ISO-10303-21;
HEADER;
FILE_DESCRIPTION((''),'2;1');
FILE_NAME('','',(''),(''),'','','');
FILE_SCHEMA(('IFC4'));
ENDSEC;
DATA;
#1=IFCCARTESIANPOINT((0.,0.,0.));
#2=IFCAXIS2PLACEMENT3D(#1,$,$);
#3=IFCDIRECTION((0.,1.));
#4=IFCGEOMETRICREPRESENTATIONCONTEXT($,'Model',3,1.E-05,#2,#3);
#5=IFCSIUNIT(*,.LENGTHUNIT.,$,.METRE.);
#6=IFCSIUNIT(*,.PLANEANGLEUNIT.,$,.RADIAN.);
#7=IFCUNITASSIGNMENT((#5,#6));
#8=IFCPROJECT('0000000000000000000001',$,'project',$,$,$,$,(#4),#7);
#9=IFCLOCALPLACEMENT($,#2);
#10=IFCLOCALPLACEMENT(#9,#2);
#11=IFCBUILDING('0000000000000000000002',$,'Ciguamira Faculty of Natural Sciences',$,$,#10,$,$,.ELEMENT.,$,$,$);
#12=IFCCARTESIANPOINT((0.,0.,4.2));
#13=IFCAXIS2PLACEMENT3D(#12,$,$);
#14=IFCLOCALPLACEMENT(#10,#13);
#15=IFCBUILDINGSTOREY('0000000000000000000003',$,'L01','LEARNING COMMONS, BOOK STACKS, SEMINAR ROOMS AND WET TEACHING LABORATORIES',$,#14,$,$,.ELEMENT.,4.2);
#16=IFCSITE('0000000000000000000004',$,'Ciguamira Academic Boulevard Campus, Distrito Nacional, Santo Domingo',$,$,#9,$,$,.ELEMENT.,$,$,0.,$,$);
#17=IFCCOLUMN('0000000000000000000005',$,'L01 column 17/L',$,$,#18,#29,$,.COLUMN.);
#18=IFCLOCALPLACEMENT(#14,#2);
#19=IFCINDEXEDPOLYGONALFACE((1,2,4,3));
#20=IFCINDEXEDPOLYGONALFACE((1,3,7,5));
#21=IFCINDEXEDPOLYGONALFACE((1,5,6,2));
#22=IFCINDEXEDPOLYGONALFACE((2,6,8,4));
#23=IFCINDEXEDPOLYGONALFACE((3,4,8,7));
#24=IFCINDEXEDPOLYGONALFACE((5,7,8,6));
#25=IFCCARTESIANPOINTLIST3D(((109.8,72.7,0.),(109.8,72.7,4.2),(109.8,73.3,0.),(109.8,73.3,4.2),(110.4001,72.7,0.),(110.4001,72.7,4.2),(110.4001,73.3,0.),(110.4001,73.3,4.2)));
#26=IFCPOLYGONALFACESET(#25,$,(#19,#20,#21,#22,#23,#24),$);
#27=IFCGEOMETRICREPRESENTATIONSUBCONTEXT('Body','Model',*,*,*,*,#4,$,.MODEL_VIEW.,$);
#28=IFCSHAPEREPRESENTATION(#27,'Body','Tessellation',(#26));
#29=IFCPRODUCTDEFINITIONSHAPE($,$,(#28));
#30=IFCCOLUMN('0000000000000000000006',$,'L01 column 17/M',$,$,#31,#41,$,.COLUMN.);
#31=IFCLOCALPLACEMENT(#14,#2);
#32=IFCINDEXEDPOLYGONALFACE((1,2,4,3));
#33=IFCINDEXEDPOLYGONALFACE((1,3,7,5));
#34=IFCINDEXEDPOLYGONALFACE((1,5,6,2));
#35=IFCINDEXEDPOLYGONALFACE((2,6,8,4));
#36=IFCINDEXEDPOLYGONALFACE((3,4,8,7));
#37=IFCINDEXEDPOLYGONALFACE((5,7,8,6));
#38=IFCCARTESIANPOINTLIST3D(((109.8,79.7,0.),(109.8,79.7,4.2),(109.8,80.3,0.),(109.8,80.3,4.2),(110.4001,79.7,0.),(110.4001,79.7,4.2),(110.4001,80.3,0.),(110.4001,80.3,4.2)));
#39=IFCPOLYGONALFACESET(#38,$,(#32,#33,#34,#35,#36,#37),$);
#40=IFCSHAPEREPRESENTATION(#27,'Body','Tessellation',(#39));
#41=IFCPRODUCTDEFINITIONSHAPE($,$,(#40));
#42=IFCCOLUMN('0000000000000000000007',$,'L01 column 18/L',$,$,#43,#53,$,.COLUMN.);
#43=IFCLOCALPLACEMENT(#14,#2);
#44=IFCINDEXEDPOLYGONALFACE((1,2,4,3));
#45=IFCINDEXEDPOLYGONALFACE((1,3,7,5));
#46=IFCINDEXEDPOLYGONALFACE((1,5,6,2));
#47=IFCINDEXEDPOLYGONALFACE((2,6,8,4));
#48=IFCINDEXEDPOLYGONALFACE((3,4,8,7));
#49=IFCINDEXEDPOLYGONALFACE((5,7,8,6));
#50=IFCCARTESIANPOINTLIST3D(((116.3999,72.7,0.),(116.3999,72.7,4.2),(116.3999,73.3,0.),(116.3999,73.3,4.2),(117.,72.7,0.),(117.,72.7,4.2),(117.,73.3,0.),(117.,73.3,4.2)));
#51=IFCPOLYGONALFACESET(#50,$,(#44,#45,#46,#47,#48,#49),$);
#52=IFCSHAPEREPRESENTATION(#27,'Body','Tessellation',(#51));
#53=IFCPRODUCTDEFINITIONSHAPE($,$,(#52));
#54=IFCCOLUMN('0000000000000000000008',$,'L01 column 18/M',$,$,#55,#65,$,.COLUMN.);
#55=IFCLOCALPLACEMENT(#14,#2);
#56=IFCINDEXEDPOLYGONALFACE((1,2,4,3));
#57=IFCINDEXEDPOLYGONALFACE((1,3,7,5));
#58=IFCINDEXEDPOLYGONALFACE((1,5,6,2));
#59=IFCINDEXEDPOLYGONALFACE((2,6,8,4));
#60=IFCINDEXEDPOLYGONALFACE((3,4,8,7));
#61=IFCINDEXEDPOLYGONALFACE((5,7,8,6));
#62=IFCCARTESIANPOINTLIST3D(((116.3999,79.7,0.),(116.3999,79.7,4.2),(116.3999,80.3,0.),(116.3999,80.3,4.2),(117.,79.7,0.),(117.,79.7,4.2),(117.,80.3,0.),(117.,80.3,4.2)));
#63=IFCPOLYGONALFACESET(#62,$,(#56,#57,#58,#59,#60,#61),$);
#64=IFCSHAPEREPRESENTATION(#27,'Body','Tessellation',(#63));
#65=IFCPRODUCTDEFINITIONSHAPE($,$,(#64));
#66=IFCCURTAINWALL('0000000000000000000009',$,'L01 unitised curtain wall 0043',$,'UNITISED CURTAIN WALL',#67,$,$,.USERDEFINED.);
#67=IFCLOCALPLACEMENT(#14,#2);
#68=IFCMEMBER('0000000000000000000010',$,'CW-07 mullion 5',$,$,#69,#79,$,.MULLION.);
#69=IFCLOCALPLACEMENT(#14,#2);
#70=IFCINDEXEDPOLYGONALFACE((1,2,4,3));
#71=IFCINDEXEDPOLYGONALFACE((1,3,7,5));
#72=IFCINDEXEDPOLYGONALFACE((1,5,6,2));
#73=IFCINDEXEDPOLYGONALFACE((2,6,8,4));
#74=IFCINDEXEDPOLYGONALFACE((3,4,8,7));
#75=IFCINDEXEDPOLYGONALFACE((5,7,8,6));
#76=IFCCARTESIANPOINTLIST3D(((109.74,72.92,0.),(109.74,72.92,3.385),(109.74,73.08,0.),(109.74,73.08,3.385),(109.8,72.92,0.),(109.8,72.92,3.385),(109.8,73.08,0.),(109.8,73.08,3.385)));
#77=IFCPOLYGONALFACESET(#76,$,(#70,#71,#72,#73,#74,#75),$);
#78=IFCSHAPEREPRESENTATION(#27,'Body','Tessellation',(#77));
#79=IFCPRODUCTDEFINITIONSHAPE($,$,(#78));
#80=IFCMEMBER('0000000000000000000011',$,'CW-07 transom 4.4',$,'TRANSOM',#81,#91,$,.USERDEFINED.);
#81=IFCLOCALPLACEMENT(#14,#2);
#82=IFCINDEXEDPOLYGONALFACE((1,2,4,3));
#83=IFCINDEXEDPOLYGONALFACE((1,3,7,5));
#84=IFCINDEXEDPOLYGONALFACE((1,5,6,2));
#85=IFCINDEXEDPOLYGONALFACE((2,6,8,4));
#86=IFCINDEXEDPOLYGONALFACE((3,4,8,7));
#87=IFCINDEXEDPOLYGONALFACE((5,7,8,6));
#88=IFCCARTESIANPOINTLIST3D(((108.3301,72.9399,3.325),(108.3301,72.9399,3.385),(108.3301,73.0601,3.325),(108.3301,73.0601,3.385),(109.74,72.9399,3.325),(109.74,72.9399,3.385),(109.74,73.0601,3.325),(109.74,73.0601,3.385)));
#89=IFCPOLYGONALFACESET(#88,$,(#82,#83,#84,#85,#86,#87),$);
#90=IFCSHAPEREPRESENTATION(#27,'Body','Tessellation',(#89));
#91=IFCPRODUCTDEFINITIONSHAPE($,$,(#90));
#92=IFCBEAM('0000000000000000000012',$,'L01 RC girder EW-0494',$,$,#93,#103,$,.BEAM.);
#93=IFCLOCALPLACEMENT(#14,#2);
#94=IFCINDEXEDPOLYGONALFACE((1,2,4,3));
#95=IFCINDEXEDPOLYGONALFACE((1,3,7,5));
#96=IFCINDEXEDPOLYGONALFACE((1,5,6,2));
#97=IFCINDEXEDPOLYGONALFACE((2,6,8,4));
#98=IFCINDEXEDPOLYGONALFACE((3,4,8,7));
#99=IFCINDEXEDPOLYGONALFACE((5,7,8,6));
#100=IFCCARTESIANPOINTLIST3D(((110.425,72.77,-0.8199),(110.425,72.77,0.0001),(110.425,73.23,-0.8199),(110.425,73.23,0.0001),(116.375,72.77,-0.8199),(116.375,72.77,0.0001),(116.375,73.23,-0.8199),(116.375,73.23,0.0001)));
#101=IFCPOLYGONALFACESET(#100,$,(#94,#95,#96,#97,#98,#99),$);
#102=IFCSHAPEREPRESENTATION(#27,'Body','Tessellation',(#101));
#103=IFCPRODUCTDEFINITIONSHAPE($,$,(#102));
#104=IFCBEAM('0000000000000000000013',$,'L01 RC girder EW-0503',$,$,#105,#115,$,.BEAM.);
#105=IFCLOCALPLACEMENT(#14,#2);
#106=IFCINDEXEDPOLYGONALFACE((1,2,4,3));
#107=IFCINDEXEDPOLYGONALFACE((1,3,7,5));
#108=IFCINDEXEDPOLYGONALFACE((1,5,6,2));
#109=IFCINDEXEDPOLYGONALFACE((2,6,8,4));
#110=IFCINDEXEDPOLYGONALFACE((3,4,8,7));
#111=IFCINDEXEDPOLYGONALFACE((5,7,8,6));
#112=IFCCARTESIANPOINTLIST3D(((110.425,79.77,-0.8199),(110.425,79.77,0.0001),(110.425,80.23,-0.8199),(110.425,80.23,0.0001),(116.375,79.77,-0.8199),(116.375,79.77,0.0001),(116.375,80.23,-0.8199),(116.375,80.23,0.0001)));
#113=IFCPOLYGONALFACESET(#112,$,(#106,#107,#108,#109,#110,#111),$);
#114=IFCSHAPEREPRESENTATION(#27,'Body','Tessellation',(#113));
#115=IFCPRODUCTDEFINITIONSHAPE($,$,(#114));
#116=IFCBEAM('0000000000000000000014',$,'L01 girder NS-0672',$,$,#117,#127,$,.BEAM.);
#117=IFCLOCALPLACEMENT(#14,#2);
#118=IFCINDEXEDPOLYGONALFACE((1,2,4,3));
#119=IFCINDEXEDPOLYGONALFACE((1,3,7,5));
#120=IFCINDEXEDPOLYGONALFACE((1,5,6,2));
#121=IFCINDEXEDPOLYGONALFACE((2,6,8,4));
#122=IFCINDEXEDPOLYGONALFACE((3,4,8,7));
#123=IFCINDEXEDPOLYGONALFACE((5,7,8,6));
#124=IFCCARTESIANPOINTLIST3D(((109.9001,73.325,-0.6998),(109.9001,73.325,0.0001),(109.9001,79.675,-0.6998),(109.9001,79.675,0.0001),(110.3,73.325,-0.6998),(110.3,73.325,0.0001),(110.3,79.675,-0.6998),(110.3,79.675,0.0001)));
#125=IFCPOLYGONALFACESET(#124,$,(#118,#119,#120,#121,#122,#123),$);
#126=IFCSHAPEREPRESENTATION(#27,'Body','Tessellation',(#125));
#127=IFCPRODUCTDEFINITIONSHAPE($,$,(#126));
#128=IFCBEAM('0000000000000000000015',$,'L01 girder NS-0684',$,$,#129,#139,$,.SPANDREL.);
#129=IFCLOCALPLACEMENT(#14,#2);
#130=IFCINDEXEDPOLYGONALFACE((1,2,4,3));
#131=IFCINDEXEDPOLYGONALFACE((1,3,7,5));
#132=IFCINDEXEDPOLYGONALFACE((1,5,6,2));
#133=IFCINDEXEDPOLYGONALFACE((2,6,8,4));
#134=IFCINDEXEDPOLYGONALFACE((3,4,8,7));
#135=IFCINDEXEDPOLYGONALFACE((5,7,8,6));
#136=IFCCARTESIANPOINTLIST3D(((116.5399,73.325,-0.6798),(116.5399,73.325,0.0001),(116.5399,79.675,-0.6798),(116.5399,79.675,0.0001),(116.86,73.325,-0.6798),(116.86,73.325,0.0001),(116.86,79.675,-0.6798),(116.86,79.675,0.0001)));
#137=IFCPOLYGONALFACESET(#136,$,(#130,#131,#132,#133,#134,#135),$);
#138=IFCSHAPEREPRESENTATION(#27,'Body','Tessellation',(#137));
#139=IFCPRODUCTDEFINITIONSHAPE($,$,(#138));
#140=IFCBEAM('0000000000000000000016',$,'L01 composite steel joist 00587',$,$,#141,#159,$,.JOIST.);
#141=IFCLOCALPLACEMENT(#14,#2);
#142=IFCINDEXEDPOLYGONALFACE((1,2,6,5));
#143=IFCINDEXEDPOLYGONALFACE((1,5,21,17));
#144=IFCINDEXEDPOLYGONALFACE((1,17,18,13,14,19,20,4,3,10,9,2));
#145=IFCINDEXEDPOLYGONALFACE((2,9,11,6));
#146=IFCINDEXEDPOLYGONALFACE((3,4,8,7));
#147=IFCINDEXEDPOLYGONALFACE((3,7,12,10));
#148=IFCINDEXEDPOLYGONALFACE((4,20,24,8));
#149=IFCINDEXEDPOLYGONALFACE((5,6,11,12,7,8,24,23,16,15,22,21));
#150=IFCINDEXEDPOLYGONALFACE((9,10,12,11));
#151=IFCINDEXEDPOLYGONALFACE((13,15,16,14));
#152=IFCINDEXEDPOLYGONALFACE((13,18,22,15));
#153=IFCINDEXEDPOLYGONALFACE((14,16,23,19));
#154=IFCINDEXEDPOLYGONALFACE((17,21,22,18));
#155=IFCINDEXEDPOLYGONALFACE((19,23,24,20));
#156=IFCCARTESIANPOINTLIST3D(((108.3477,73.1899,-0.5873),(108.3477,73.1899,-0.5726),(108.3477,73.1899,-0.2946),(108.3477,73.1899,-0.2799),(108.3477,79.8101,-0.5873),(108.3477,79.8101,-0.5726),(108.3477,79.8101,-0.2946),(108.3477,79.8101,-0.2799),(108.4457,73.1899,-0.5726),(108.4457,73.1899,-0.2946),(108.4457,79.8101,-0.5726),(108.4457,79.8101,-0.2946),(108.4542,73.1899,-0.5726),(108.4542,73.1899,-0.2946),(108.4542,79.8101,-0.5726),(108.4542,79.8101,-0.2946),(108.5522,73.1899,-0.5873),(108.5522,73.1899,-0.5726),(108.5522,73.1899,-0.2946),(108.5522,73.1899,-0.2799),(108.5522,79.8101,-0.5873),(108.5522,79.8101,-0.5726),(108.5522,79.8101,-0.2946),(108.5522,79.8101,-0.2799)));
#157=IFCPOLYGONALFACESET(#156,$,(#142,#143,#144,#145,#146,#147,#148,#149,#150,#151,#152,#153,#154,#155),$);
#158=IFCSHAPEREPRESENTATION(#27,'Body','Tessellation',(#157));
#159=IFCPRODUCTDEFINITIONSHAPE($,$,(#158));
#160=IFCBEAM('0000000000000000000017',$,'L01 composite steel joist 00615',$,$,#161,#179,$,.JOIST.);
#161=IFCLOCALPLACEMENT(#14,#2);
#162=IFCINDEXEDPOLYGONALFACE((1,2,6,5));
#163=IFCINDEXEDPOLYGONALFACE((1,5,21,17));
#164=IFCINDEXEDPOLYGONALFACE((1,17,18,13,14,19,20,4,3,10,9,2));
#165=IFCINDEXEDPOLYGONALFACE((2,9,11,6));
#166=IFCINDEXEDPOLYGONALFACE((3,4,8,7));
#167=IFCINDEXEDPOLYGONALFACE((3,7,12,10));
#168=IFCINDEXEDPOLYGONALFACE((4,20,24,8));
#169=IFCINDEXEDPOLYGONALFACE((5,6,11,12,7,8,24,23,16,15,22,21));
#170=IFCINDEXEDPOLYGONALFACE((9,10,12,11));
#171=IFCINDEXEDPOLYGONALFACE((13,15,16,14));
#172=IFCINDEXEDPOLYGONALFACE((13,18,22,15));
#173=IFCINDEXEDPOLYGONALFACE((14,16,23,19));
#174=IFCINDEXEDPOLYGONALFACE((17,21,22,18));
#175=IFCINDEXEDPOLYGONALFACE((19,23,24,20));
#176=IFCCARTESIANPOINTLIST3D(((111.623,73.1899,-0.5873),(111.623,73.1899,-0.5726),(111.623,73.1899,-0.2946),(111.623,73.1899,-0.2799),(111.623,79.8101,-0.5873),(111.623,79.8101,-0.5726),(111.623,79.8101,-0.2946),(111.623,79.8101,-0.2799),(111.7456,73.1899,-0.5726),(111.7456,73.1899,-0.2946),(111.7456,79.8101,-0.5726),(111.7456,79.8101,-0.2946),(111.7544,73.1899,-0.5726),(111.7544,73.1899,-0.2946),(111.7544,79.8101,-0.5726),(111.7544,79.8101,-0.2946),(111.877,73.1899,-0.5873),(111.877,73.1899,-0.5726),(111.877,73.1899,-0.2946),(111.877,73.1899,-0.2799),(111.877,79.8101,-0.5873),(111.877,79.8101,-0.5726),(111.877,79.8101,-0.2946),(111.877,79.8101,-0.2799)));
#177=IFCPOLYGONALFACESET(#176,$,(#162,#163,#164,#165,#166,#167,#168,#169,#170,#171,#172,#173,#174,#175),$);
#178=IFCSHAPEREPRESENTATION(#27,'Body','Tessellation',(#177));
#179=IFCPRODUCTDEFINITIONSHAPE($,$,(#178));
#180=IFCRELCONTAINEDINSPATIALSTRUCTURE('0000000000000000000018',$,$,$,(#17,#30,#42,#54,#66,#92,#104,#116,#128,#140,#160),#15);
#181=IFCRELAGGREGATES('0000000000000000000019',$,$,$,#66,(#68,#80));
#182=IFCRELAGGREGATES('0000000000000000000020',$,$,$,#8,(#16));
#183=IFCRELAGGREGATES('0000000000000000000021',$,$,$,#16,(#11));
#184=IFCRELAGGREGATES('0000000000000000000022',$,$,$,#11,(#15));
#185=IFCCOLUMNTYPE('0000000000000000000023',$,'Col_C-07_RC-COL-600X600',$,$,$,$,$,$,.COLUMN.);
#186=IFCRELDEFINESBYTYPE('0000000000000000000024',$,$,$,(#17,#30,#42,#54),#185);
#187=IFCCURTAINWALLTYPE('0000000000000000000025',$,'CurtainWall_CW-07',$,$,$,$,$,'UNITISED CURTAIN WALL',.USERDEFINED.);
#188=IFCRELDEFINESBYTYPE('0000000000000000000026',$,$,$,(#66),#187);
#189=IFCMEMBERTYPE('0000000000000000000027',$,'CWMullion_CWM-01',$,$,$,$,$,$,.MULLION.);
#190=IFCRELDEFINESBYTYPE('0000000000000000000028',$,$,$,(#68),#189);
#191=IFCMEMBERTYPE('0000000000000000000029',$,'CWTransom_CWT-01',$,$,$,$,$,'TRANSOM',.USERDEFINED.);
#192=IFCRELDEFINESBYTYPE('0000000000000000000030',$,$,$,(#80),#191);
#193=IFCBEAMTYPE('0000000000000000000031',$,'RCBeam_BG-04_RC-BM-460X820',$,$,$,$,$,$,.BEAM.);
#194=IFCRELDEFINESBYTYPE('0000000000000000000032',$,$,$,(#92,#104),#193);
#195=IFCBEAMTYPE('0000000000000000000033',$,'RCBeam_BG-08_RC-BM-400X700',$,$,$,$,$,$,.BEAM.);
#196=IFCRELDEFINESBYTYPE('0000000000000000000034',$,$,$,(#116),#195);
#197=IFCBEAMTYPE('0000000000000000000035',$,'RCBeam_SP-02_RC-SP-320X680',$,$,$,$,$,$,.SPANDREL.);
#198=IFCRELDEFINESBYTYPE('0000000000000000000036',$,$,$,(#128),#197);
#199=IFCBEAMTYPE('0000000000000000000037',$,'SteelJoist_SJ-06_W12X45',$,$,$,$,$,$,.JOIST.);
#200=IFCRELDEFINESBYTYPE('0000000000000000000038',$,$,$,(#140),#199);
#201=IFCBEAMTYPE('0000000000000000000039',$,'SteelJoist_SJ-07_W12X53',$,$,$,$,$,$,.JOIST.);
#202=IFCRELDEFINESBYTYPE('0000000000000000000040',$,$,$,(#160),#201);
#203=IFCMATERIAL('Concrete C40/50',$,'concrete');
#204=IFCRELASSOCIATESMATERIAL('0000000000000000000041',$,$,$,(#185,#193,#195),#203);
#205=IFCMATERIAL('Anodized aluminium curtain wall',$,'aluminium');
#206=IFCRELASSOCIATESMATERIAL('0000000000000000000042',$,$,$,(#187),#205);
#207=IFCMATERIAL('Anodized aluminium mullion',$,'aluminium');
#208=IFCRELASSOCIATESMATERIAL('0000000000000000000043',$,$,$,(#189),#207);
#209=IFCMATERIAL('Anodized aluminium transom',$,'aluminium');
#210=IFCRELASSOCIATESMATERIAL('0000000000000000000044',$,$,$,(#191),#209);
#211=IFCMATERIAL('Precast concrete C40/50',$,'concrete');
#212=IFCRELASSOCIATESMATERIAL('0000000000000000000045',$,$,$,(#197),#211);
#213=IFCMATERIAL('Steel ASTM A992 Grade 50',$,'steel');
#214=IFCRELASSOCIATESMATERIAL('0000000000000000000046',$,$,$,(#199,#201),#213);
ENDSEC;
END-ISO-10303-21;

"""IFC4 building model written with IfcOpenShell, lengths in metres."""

from ifc_helpers import new_model, si_unit, direction, frame, origin, origin_2d, place, context, subcontext, project, spatial, rectangle, i_section, extrude, material, material_profile, profile_set, type_object, element, aggregate, save


model = new_model("IFC4")

# Units and contexts
model_context = context("Model", 3, precision=1e-05, world=origin(), true_north=direction((0.0, 1.0)))
body_context = subcontext(model_context, "Body", "Model", "MODEL_VIEW")
ifc_project = project(units=[si_unit("LENGTHUNIT", "METRE"), si_unit("PLANEANGLEUNIT", "RADIAN")], contexts=[model_context])

# Site, building, storey
site_placement = place(None, origin())
site = spatial("IfcSite", under=ifc_project, at=site_placement, Name="Ciguamira Academic Boulevard Campus, Distrito Nacional, Santo Domingo", CompositionType="ELEMENT", RefElevation=0.0)
building_placement = place(site_placement, origin())
building = spatial("IfcBuilding", under=site, at=building_placement, Name="Ciguamira Faculty of Natural Sciences", CompositionType="ELEMENT")
storey_placement = place(building_placement, frame((0.0, 0.0, 4.2)))
storey = spatial("IfcBuildingStorey", under=building, at=storey_placement, Name="L01", Description="LEARNING COMMONS, BOOK STACKS, SEMINAR ROOMS AND WET TEACHING LABORATORIES", CompositionType="ELEMENT", Elevation=4.2)

# Columns
ifc_material_1 = material(Name="Concrete C40/50", Category="concrete")
ifc_material_profile_1 = material_profile(ifc_material_1, rectangle(XDim=0.6001, YDim=0.6001, at=origin_2d()), Name="RC-COL-600X600")
ifc_profile_set_1 = profile_set([ifc_material_profile_1], Name="Concrete C40/50")
column_type = type_object("IfcColumnType", Name="Col_C-07_RC-COL-600X600", PredefinedType="COLUMN", material=ifc_profile_set_1)
for number, where, z_axis, x_axis, name in (
    (1, (110.1001, 73.0, 0.0), (0.0, 0.0, 1.0), (1.0, 0.0, 0.0), "L01 column 17/L"),
    (2, (110.1001, 80.0, 0.0), (0.0, 0.0, 1.0), (1.0, 0.0, 0.0), "L01 column 17/M"),
    (3, (116.7, 73.0, 0.0), (0.0, 0.0, 1.0), (1.0, 0.0, 0.0), "L01 column 18/L"),
    (4, (116.7, 80.0, 0.0), (0.0, 0.0, 1.0), (1.0, 0.0, 0.0), "L01 column 18/M"),
):
    element("IfcColumn", number, at=place(storey_placement, frame(where, z_axis=z_axis, x_axis=x_axis)), inside=storey, type_object=column_type, Name=name, PredefinedType="COLUMN", context=body_context, shape_type="SweptSolid", body=[
        extrude(rectangle(XDim=0.6001, YDim=0.6001, at=origin_2d()), origin(), (0.0, 0.0, 1.0), 4.2),
    ])

# Curtain wall, members
ifc_material_2 = material(Name="Anodized aluminium curtain wall", Category="aluminium")
curtain_wall_type = type_object("IfcCurtainWallType", Name="CurtainWall_CW-07", ElementType="UNITISED CURTAIN WALL", PredefinedType="USERDEFINED", material=ifc_material_2)
curtain_wall_placement = place(storey_placement, origin())
curtain_wall = element("IfcCurtainWall", 5, at=curtain_wall_placement, inside=storey, type_object=curtain_wall_type, Name="L01 unitised curtain wall 0043", ObjectType="UNITISED CURTAIN WALL", PredefinedType="USERDEFINED")
ifc_material_3 = material(Name="Anodized aluminium mullion", Category="aluminium")
ifc_material_profile_2 = material_profile(ifc_material_3, rectangle(XDim=0.0601, YDim=0.1599, at=origin_2d()), Name="ALU-MUL-60X160")
ifc_profile_set_2 = profile_set([ifc_material_profile_2], Name="Anodized aluminium mullion")
member_type_1 = type_object("IfcMemberType", Name="CWMullion_CWM-01", PredefinedType="MULLION", material=ifc_profile_set_2)
member_1_placement = place(storey_placement, frame((109.77, 73.0, 0.0), z_axis=(0.0, 0.0, 1.0), x_axis=(1.0, 0.0, 0.0)))
member_1 = element("IfcMember", 6, at=member_1_placement, type_object=member_type_1, Name="CW-07 mullion 5", PredefinedType="MULLION", context=body_context, shape_type="SweptSolid", body=[
    extrude(rectangle(XDim=0.0601, YDim=0.1599, at=origin_2d()), origin(), (0.0, 0.0, 1.0), 3.385),
])
ifc_material_4 = material(Name="Anodized aluminium transom", Category="aluminium")
ifc_material_profile_3 = material_profile(ifc_material_4, rectangle(XDim=0.0601, YDim=0.1201, at=origin_2d()), Name="ALU-TRN-60X120")
ifc_profile_set_3 = profile_set([ifc_material_profile_3], Name="Anodized aluminium transom")
member_type_2 = type_object("IfcMemberType", Name="CWTransom_CWT-01", ElementType="TRANSOM", PredefinedType="USERDEFINED", material=ifc_profile_set_3)
member_2_placement = place(storey_placement, frame((108.3301, 73.0, 3.355), z_axis=(1.0, 0.0, 0.0), x_axis=(0.0, 0.0, 1.0)))
member_2 = element("IfcMember", 7, at=member_2_placement, type_object=member_type_2, Name="CW-07 transom 4.4", ObjectType="TRANSOM", PredefinedType="USERDEFINED", context=body_context, shape_type="SweptSolid", body=[
    extrude(rectangle(XDim=0.0601, YDim=0.1201, at=origin_2d()), origin(), (0.0, 0.0, 1.0), 1.4099),
])

# Beams
ifc_material_profile_4 = material_profile(ifc_material_1, rectangle(XDim=0.46, YDim=0.8201, at=origin_2d()), Name="RC-BM-460X820")
ifc_profile_set_4 = profile_set([ifc_material_profile_4], Name="Concrete C40/50")
beam_type_1 = type_object("IfcBeamType", Name="RCBeam_BG-04_RC-BM-460X820", PredefinedType="BEAM", material=ifc_profile_set_4)
for number, where, z_axis, x_axis, name in (
    (8, (110.425, 73.0, -0.4099), (1.0, 0.0, 0.0), (0.0, 1.0, 0.0), "L01 RC girder EW-0494"),
    (9, (110.425, 80.0, -0.4099), (1.0, 0.0, 0.0), (0.0, 1.0, 0.0), "L01 RC girder EW-0503"),
):
    element("IfcBeam", number, at=place(storey_placement, frame(where, z_axis=z_axis, x_axis=x_axis)), inside=storey, type_object=beam_type_1, Name=name, PredefinedType="BEAM", context=body_context, shape_type="SweptSolid", body=[
        extrude(rectangle(XDim=0.46, YDim=0.8201, at=origin_2d()), origin(), (0.0, 0.0, 1.0), 5.95),
    ])
ifc_material_profile_5 = material_profile(ifc_material_1, rectangle(XDim=0.3999, YDim=0.7, at=origin_2d()), Name="RC-BM-400X700")
ifc_profile_set_5 = profile_set([ifc_material_profile_5], Name="Concrete C40/50")
beam_type_2 = type_object("IfcBeamType", Name="RCBeam_BG-08_RC-BM-400X700", PredefinedType="BEAM", material=ifc_profile_set_5)
beam_1_placement = place(storey_placement, frame((110.1001, 73.325, -0.3499), z_axis=(0.0, 1.0, 0.0), x_axis=(-1.0, 0.0, 0.0)))
element("IfcBeam", 10, at=beam_1_placement, inside=storey, type_object=beam_type_2, Name="L01 girder NS-0672", PredefinedType="BEAM", context=body_context, shape_type="SweptSolid", body=[
    extrude(rectangle(XDim=0.3999, YDim=0.7, at=origin_2d()), origin(), (0.0, 0.0, 1.0), 6.3501),
])
ifc_material_5 = material(Name="Precast concrete C40/50", Category="concrete")
ifc_material_profile_6 = material_profile(ifc_material_5, rectangle(XDim=0.3201, YDim=0.6799, at=origin_2d()), Name="RC-SP-320X680")
ifc_profile_set_6 = profile_set([ifc_material_profile_6], Name="Precast concrete C40/50")
beam_type_3 = type_object("IfcBeamType", Name="RCBeam_SP-02_RC-SP-320X680", PredefinedType="SPANDREL", material=ifc_profile_set_6)
beam_2_placement = place(storey_placement, frame((116.7, 73.325, -0.3398), z_axis=(0.0, 1.0, 0.0), x_axis=(-1.0, 0.0, 0.0)))
element("IfcBeam", 11, at=beam_2_placement, inside=storey, type_object=beam_type_3, Name="L01 girder NS-0684", PredefinedType="SPANDREL", context=body_context, shape_type="SweptSolid", body=[
    extrude(rectangle(XDim=0.3201, YDim=0.6799, at=origin_2d()), origin(), (0.0, 0.0, 1.0), 6.3501),
])
ifc_material_6 = material(Name="Steel ASTM A992 Grade 50", Category="steel")
ifc_material_profile_7 = material_profile(ifc_material_6, i_section(OverallWidth=0.2046, OverallDepth=0.3074, WebThickness=0.0085, FlangeThickness=0.0146, at=origin_2d()), Name="W12X45")
ifc_profile_set_7 = profile_set([ifc_material_profile_7], Name="Steel ASTM A992 Grade 50")
beam_type_4 = type_object("IfcBeamType", Name="SteelJoist_SJ-06_W12X45", PredefinedType="JOIST", material=ifc_profile_set_7)
beam_3_placement = place(storey_placement, frame((108.45, 73.1899, -0.4336), z_axis=(0.0, 1.0, 0.0), x_axis=(-1.0, 0.0, 0.0)))
element("IfcBeam", 12, at=beam_3_placement, inside=storey, type_object=beam_type_4, Name="L01 composite steel joist 00587", PredefinedType="JOIST", context=body_context, shape_type="SweptSolid", body=[
    extrude(i_section(OverallWidth=0.2046, OverallDepth=0.3074, WebThickness=0.0085, FlangeThickness=0.0146, at=origin_2d()), origin(), (0.0, 0.0, 1.0), 6.6201),
])
ifc_material_profile_8 = material_profile(ifc_material_6, i_section(OverallWidth=0.2539, OverallDepth=0.3074, WebThickness=0.0088, FlangeThickness=0.0146, at=origin_2d()), Name="W12X53")
ifc_profile_set_8 = profile_set([ifc_material_profile_8], Name="Steel ASTM A992 Grade 50")
beam_type_5 = type_object("IfcBeamType", Name="SteelJoist_SJ-07_W12X53", PredefinedType="JOIST", material=ifc_profile_set_8)
beam_4_placement = place(storey_placement, frame((111.75, 73.1899, -0.4336), z_axis=(0.0, 1.0, 0.0), x_axis=(-1.0, 0.0, 0.0)))
element("IfcBeam", 13, at=beam_4_placement, inside=storey, type_object=beam_type_5, Name="L01 composite steel joist 00615", PredefinedType="JOIST", context=body_context, shape_type="SweptSolid", body=[
    extrude(i_section(OverallWidth=0.2539, OverallDepth=0.3074, WebThickness=0.0088, FlangeThickness=0.0146, at=origin_2d()), origin(), (0.0, 0.0, 1.0), 6.6201),
])

aggregate(curtain_wall, [member_1, member_2])

save(model, "model.ifc")
